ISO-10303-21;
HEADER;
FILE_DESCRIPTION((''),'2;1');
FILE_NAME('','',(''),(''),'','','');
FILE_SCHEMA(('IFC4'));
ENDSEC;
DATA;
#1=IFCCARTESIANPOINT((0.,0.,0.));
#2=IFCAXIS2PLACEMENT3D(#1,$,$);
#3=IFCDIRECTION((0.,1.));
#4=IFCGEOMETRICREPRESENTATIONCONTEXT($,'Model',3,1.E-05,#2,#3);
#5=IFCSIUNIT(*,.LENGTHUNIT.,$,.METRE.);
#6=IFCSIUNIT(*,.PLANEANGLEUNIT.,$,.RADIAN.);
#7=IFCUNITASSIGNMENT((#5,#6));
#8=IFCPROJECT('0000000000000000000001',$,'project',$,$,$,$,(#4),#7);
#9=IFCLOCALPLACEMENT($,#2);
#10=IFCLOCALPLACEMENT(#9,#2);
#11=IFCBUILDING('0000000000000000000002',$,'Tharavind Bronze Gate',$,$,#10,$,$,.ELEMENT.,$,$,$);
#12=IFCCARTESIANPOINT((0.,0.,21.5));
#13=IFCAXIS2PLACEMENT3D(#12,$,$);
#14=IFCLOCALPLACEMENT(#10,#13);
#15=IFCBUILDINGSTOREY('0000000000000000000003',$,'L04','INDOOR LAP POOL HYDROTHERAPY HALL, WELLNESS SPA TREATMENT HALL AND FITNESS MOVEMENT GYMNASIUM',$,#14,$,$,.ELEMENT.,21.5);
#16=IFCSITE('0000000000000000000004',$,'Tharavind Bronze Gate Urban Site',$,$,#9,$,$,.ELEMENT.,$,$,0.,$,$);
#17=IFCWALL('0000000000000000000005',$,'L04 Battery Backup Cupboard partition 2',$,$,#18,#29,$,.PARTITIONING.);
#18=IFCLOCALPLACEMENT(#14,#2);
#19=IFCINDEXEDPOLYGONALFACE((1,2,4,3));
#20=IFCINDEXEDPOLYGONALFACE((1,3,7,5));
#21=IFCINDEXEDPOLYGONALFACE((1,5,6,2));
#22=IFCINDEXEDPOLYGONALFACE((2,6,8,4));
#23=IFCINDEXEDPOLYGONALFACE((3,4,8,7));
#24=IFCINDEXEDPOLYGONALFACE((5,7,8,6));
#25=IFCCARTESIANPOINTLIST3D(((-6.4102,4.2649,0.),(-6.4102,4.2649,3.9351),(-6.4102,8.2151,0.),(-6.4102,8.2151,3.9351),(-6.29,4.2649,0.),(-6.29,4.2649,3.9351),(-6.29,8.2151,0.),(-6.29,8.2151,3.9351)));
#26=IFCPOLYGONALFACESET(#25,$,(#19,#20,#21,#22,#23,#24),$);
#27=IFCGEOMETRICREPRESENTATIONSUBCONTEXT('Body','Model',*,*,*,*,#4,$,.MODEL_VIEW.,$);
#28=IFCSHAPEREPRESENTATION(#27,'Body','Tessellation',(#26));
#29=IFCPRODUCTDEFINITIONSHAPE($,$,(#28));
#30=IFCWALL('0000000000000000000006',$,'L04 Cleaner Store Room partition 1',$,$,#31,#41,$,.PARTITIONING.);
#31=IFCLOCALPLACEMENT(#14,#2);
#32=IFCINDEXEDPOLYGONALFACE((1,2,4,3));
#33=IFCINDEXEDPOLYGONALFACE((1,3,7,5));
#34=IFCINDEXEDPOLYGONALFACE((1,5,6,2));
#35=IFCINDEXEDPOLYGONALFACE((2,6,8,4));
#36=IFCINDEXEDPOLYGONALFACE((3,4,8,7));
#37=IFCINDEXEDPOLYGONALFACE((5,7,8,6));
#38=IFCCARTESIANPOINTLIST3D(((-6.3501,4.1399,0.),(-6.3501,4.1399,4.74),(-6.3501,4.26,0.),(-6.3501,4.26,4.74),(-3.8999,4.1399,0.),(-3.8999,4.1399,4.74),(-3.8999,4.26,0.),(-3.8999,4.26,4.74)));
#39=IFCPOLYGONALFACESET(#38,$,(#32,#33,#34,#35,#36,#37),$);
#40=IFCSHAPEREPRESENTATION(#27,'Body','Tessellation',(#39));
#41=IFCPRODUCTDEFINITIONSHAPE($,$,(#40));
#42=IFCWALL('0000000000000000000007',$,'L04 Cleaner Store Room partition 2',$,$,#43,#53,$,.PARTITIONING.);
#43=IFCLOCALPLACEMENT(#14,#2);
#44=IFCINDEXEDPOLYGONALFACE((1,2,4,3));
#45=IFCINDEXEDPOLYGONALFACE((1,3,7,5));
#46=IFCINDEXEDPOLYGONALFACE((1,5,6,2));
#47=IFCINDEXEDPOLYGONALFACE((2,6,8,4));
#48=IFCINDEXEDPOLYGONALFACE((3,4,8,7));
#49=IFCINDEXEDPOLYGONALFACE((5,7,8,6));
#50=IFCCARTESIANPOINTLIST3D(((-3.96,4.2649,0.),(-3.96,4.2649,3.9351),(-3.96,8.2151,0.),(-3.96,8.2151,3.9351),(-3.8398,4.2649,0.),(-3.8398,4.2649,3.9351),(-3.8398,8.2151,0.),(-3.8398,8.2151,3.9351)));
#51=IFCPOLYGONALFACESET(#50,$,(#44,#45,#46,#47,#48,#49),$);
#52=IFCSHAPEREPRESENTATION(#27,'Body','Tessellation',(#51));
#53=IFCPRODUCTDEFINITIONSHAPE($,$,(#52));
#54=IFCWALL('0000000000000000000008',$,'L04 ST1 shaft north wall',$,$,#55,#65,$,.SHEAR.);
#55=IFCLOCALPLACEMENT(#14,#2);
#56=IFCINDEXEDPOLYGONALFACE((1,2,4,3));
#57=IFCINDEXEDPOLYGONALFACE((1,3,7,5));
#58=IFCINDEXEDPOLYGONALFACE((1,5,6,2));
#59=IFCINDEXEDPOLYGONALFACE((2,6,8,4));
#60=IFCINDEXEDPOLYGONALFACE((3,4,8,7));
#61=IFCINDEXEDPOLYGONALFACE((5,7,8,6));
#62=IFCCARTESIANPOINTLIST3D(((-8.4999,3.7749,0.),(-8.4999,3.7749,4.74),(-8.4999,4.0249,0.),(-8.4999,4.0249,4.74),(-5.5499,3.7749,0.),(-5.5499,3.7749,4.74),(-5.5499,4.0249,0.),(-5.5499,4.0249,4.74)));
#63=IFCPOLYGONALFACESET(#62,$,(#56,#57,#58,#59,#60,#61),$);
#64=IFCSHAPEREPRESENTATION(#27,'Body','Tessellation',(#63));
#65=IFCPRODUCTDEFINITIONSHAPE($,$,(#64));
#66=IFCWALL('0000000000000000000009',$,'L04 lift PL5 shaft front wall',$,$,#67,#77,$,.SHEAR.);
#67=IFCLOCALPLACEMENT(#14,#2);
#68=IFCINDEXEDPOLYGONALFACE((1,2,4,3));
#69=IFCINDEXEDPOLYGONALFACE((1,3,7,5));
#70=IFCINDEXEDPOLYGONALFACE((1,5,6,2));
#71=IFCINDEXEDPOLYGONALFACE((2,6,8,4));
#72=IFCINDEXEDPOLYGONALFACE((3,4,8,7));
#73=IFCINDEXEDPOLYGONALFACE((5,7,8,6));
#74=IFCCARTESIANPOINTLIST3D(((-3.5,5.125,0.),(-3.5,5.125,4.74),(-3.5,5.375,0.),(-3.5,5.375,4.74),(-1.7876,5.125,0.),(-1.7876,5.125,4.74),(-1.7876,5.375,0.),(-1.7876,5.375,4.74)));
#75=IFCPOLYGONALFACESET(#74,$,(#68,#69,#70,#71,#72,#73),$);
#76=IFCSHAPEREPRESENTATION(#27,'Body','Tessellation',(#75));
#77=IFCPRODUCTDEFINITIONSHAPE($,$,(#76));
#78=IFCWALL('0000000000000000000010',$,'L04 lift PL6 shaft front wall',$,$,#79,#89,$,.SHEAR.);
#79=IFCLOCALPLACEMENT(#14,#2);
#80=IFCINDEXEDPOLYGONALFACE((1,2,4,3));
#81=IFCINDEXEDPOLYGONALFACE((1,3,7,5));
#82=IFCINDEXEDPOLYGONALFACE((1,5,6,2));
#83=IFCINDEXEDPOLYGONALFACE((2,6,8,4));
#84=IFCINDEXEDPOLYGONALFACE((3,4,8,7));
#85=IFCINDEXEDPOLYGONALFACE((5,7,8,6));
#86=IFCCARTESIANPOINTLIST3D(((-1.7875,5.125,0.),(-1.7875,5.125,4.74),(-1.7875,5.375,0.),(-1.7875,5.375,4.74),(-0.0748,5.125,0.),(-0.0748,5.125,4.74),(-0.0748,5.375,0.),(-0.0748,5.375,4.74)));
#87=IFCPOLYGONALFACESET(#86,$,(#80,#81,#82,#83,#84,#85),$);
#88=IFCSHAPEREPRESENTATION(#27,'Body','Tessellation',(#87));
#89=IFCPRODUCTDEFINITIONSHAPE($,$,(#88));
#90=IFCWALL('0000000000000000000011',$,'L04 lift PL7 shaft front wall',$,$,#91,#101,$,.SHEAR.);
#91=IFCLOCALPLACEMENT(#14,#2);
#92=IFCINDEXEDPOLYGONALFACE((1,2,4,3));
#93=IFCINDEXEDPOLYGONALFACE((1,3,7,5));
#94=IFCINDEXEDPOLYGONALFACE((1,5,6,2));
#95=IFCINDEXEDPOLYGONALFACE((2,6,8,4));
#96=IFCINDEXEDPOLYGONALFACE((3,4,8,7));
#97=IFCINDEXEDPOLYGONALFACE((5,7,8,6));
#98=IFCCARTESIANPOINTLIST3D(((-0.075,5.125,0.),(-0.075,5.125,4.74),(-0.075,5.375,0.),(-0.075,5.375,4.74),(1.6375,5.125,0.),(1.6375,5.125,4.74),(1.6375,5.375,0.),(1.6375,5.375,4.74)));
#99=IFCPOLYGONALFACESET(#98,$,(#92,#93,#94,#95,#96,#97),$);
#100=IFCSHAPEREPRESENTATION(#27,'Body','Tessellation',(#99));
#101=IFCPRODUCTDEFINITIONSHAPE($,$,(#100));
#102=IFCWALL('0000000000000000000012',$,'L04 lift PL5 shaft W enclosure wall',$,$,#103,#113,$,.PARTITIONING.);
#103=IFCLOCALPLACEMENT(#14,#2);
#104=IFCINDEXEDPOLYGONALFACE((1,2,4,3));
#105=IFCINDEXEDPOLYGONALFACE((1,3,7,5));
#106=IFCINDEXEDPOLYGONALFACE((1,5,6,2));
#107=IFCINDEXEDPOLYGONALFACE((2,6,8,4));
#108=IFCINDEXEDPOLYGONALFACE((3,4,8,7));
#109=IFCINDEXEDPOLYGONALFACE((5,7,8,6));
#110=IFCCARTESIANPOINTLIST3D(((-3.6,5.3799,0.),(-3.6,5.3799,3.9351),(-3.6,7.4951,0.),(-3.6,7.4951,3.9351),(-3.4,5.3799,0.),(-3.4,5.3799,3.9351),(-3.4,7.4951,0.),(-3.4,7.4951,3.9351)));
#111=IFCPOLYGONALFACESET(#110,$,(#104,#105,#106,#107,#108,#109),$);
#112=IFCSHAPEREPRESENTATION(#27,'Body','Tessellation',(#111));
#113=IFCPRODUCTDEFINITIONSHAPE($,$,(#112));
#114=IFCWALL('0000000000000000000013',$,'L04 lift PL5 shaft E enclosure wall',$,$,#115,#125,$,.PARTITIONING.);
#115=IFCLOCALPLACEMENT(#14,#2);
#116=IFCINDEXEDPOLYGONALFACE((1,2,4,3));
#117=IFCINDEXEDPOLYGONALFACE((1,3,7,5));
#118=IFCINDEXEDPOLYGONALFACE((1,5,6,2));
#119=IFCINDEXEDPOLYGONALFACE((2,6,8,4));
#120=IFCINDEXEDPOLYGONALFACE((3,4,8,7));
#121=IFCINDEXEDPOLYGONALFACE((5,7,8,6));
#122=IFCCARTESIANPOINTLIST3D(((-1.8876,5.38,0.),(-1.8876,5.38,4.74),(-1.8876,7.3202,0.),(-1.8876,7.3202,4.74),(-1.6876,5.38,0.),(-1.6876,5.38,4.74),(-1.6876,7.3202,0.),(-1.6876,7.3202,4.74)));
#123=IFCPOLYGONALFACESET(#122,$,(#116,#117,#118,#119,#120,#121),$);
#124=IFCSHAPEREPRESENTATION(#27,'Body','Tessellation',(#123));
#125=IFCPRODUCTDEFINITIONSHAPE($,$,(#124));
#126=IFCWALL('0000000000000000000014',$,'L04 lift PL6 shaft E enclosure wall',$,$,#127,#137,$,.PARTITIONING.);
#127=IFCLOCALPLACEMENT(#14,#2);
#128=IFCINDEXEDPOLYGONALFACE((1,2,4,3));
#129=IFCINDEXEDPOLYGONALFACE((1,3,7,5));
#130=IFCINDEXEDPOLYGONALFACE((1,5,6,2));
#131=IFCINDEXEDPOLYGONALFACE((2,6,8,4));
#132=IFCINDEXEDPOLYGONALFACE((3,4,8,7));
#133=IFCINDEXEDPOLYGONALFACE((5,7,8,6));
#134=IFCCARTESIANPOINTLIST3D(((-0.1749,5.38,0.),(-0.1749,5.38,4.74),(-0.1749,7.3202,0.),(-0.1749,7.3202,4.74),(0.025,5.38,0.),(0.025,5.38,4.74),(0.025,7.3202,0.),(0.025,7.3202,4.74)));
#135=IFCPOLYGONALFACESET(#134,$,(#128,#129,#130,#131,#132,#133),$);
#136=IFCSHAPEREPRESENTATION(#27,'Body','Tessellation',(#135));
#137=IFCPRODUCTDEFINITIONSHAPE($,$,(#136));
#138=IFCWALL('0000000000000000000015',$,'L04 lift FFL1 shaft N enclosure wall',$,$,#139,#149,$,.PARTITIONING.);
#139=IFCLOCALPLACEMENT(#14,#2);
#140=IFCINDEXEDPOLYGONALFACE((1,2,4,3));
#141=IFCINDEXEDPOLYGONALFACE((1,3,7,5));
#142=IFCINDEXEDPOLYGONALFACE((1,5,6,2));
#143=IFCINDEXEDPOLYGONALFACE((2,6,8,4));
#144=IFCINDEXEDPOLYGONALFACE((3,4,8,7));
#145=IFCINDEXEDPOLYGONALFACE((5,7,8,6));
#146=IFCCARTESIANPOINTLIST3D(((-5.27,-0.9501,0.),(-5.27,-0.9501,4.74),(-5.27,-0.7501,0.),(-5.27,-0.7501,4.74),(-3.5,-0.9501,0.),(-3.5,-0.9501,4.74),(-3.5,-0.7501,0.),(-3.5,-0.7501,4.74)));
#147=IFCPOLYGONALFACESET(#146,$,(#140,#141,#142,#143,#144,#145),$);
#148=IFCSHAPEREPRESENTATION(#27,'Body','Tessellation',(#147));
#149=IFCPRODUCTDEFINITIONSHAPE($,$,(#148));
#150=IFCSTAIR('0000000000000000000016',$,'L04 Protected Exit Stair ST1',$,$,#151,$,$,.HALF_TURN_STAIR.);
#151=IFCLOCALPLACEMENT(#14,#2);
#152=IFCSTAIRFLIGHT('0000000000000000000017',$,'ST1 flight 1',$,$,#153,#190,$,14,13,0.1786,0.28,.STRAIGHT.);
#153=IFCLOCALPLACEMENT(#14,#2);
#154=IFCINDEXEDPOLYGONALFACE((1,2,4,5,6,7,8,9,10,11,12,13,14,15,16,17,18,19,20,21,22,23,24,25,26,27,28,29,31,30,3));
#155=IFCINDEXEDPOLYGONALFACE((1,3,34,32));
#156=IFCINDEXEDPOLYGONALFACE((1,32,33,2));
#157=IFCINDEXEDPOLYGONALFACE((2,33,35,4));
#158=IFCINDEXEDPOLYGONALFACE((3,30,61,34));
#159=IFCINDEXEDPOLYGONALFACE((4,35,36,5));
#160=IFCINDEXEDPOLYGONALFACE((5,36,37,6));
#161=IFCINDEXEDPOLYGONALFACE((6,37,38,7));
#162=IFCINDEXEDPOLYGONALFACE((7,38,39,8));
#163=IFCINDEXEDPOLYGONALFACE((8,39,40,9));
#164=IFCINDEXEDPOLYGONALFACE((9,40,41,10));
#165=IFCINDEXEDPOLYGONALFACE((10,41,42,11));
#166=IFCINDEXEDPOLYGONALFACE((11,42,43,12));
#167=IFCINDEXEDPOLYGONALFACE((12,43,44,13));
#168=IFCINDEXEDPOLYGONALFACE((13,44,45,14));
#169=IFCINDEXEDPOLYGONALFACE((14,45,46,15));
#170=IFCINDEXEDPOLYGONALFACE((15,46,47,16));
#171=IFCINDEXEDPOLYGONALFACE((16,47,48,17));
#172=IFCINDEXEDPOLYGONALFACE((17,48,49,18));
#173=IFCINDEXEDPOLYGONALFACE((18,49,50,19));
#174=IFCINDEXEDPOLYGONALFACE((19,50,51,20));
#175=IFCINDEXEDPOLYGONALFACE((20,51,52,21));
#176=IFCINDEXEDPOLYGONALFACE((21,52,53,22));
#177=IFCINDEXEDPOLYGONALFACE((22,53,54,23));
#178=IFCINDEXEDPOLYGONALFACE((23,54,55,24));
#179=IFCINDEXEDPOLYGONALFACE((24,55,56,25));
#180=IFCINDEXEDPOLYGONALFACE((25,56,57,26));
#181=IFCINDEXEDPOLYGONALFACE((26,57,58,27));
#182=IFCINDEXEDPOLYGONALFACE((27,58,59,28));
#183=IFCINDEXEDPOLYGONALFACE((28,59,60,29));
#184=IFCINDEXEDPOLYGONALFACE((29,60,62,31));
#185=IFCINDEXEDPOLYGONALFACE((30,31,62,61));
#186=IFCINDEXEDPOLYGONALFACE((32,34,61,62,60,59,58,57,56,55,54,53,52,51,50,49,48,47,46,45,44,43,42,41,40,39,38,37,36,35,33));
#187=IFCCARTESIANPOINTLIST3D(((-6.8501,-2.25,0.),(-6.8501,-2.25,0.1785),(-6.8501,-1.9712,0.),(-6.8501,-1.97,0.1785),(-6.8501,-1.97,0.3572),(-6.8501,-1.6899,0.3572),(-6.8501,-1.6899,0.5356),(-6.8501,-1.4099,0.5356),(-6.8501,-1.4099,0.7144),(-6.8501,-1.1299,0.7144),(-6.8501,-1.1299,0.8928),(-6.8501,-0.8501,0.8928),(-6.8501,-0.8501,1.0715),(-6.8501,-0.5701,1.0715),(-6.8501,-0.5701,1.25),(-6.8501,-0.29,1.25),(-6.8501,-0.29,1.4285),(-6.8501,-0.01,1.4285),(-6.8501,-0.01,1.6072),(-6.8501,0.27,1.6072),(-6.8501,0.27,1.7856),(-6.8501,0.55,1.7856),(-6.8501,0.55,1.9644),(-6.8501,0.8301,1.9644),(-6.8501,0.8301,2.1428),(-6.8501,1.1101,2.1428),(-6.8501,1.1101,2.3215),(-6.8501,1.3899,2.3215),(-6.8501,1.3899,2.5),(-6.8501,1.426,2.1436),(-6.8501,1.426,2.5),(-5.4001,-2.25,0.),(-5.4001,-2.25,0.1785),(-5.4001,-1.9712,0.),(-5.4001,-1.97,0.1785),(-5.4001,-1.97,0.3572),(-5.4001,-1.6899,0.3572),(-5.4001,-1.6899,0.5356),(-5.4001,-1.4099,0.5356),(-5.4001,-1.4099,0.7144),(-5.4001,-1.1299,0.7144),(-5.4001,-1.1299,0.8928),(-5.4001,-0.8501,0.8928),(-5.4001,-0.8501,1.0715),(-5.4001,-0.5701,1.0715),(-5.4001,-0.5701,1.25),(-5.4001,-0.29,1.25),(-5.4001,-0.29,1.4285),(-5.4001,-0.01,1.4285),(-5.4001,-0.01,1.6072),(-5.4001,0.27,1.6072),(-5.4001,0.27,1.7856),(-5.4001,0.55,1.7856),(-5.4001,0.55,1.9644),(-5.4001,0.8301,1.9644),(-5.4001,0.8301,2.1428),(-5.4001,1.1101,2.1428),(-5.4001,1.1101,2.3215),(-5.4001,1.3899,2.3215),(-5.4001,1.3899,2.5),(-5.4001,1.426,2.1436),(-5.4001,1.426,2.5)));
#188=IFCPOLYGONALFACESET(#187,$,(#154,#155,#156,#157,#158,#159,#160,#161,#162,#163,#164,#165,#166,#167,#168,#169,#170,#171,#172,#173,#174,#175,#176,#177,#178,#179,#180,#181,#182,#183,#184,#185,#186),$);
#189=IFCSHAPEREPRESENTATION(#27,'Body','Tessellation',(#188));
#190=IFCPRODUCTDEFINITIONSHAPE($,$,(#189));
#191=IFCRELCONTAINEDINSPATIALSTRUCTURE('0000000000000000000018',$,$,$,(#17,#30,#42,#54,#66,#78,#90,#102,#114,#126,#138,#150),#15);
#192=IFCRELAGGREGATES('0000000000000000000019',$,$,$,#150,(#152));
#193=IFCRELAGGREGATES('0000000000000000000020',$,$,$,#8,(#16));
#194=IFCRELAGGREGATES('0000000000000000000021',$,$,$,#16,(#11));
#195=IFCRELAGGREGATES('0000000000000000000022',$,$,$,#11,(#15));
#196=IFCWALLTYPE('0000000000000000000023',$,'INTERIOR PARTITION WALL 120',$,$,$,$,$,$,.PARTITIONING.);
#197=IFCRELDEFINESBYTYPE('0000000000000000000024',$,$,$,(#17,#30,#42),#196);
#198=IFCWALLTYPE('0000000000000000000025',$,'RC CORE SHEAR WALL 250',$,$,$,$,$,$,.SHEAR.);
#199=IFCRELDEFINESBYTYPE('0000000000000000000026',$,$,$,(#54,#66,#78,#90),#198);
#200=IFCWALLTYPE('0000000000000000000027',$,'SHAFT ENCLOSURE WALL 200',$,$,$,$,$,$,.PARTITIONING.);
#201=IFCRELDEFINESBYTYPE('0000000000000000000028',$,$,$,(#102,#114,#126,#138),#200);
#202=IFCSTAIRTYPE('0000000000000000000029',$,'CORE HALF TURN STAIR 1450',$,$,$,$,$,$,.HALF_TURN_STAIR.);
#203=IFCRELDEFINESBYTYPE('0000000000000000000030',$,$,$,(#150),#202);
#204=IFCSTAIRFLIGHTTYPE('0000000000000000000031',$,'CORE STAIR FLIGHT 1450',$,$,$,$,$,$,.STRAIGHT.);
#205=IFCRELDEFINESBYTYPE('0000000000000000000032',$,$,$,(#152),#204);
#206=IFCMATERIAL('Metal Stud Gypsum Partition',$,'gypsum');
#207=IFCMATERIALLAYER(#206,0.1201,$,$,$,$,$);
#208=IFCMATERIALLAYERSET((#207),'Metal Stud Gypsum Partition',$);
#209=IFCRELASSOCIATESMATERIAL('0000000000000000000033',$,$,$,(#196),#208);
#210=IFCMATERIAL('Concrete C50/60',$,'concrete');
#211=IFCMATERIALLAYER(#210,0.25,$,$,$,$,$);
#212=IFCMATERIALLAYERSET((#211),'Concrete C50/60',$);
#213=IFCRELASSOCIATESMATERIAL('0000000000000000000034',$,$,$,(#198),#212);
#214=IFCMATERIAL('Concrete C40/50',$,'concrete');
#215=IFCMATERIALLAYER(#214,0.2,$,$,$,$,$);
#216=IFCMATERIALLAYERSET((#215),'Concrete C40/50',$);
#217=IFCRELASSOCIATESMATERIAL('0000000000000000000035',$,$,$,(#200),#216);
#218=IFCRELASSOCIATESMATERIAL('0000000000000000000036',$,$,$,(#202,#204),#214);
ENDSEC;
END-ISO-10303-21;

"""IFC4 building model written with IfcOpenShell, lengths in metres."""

from ifc_helpers import new_model, si_unit, direction, frame, frame_2d, origin, place, context, subcontext, project, spatial, polyline, rectangle, outline, extrude, material, layer, layer_set, type_object, element, aggregate, save


model = new_model("IFC4")

# Units and contexts
model_context = context("Model", 3, precision=1e-05, world=origin(), true_north=direction((0.0, 1.0)))
body_context = subcontext(model_context, "Body", "Model", "MODEL_VIEW")
ifc_project = project(units=[si_unit("LENGTHUNIT", "METRE"), si_unit("PLANEANGLEUNIT", "RADIAN")], contexts=[model_context])

# Site, building, storey
site_placement = place(None, origin())
site = spatial("IfcSite", under=ifc_project, at=site_placement, Name="Tharavind Bronze Gate Urban Site", CompositionType="ELEMENT", RefElevation=0.0)
building_placement = place(site_placement, origin())
building = spatial("IfcBuilding", under=site, at=building_placement, Name="Tharavind Bronze Gate", CompositionType="ELEMENT")
storey_placement = place(building_placement, frame((0.0, 0.0, 21.5)))
storey = spatial("IfcBuildingStorey", under=building, at=storey_placement, Name="L04", Description="INDOOR LAP POOL HYDROTHERAPY HALL, WELLNESS SPA TREATMENT HALL AND FITNESS MOVEMENT GYMNASIUM", CompositionType="ELEMENT", Elevation=21.5)

# Shared definitions
ifc_material_1 = material(Name="Metal Stud Gypsum Partition", Category="gypsum")
ifc_layer_1 = layer(ifc_material_1, 0.1201)
ifc_layer_set_1 = layer_set([ifc_layer_1], Name="Metal Stud Gypsum Partition")
wall_type_1 = type_object("IfcWallType", Name="INTERIOR PARTITION WALL 120", PredefinedType="PARTITIONING", material=ifc_layer_set_1)

# Walls
wall_1_placement = place(storey_placement, frame((-6.3501, 4.2649, 0.0), z_axis=(0.0, 0.0, 1.0), x_axis=(0.0, 1.0, 0.0)))
element("IfcWall", 1, at=wall_1_placement, inside=storey, type_object=wall_type_1, Name="L04 Battery Backup Cupboard partition 2", PredefinedType="PARTITIONING", context=body_context, shape_type="SweptSolid", body=[
    extrude(rectangle(XDim=3.9502, YDim=0.1201, at=frame_2d((1.9751, 0.0))), origin(), (0.0, 0.0, 1.0), 3.9351),
])
wall_2_placement = place(storey_placement, frame((-6.3501, 4.2, 0.0), z_axis=(0.0, 0.0, 1.0), x_axis=(1.0, 0.0, 0.0)))
element("IfcWall", 2, at=wall_2_placement, inside=storey, type_object=wall_type_1, Name="L04 Cleaner Store Room partition 1", PredefinedType="PARTITIONING", context=body_context, shape_type="SweptSolid", body=[
    extrude(rectangle(XDim=2.4502, YDim=0.1201, at=frame_2d((1.2251, 0.0))), origin(), (0.0, 0.0, 1.0), 4.74),
])
wall_3_placement = place(storey_placement, frame((-3.8999, 4.2649, 0.0), z_axis=(0.0, 0.0, 1.0), x_axis=(0.0, 1.0, 0.0)))
element("IfcWall", 3, at=wall_3_placement, inside=storey, type_object=wall_type_1, Name="L04 Cleaner Store Room partition 2", PredefinedType="PARTITIONING", context=body_context, shape_type="SweptSolid", body=[
    extrude(rectangle(XDim=3.9502, YDim=0.1201, at=frame_2d((1.9751, 0.0))), origin(), (0.0, 0.0, 1.0), 3.9351),
])
ifc_material_2 = material(Name="Concrete C50/60", Category="concrete")
ifc_layer_2 = layer(ifc_material_2, 0.25)
ifc_layer_set_2 = layer_set([ifc_layer_2], Name="Concrete C50/60")
wall_type_2 = type_object("IfcWallType", Name="RC CORE SHEAR WALL 250", PredefinedType="SHEAR", material=ifc_layer_set_2)
wall_4_placement = place(storey_placement, frame((-8.5, 3.8999, 0.0), z_axis=(0.0, 0.0, 1.0), x_axis=(1.0, 0.0, 0.0)))
element("IfcWall", 4, at=wall_4_placement, inside=storey, type_object=wall_type_2, Name="L04 ST1 shaft north wall", PredefinedType="SHEAR", context=body_context, shape_type="SweptSolid", body=[
    extrude(rectangle(XDim=2.95, YDim=0.25, at=frame_2d((1.4751, 0.0))), origin(), (0.0, 0.0, 1.0), 4.74),
])
wall_5_placement = place(storey_placement, frame((-3.5, 5.25, 0.0), z_axis=(0.0, 0.0, 1.0), x_axis=(1.0, 0.0, 0.0)))
element("IfcWall", 5, at=wall_5_placement, inside=storey, type_object=wall_type_2, Name="L04 lift PL5 shaft front wall", PredefinedType="SHEAR", context=body_context, shape_type="SweptSolid", body=[
    extrude(rectangle(XDim=1.7124, YDim=0.25, at=frame_2d((0.8562, 0.0))), origin(), (0.0, 0.0, 1.0), 4.74),
])
wall_6_placement = place(storey_placement, frame((-1.7876, 5.25, 0.0), z_axis=(0.0, 0.0, 1.0), x_axis=(1.0, 0.0, 0.0)))
element("IfcWall", 6, at=wall_6_placement, inside=storey, type_object=wall_type_2, Name="L04 lift PL6 shaft front wall", PredefinedType="SHEAR", context=body_context, shape_type="SweptSolid", body=[
    extrude(rectangle(XDim=1.7126, YDim=0.25, at=frame_2d((0.8564, 0.0))), origin(), (0.0, 0.0, 1.0), 4.74),
])
wall_7_placement = place(storey_placement, frame((-0.075, 5.25, 0.0), z_axis=(0.0, 0.0, 1.0), x_axis=(1.0, 0.0, 0.0)))
element("IfcWall", 7, at=wall_7_placement, inside=storey, type_object=wall_type_2, Name="L04 lift PL7 shaft front wall", PredefinedType="SHEAR", context=body_context, shape_type="SweptSolid", body=[
    extrude(rectangle(XDim=1.7124, YDim=0.25, at=frame_2d((0.8562, 0.0))), origin(), (0.0, 0.0, 1.0), 4.74),
])
ifc_material_3 = material(Name="Concrete C40/50", Category="concrete")
ifc_layer_3 = layer(ifc_material_3, 0.2)
ifc_layer_set_3 = layer_set([ifc_layer_3], Name="Concrete C40/50")
wall_type_3 = type_object("IfcWallType", Name="SHAFT ENCLOSURE WALL 200", PredefinedType="PARTITIONING", material=ifc_layer_set_3)
wall_8_placement = place(storey_placement, frame((-3.5, 5.3799, 0.0), z_axis=(0.0, 0.0, 1.0), x_axis=(0.0, 1.0, 0.0)))
element("IfcWall", 8, at=wall_8_placement, inside=storey, type_object=wall_type_3, Name="L04 lift PL5 shaft W enclosure wall", PredefinedType="PARTITIONING", context=body_context, shape_type="SweptSolid", body=[
    extrude(rectangle(XDim=2.1152, YDim=0.2, at=frame_2d((1.0576, 0.0))), origin(), (0.0, 0.0, 1.0), 3.9351),
])
for number, where, z_axis, x_axis, name in (
    (9, (-1.7876, 5.3799, 0.0), (0.0, 0.0, 1.0), (0.0, 1.0, 0.0), "L04 lift PL5 shaft E enclosure wall"),
    (10, (-0.075, 5.3799, 0.0), (0.0, 0.0, 1.0), (0.0, 1.0, 0.0), "L04 lift PL6 shaft E enclosure wall"),
):
    element("IfcWall", number, at=place(storey_placement, frame(where, z_axis=z_axis, x_axis=x_axis)), inside=storey, type_object=wall_type_3, Name=name, PredefinedType="PARTITIONING", context=body_context, shape_type="SweptSolid", body=[
        extrude(rectangle(XDim=1.9402, YDim=0.2, at=frame_2d((0.9702, 0.0))), origin(), (0.0, 0.0, 1.0), 4.74),
    ])
wall_9_placement = place(storey_placement, frame((-5.27, -0.8501, 0.0), z_axis=(0.0, 0.0, 1.0), x_axis=(1.0, 0.0, 0.0)))
element("IfcWall", 11, at=wall_9_placement, inside=storey, type_object=wall_type_3, Name="L04 lift FFL1 shaft N enclosure wall", PredefinedType="PARTITIONING", context=body_context, shape_type="SweptSolid", body=[
    extrude(rectangle(XDim=1.77, YDim=0.2, at=frame_2d((0.885, 0.0))), origin(), (0.0, 0.0, 1.0), 4.74),
])

# Stair, stair flight
stair_type = type_object("IfcStairType", Name="CORE HALF TURN STAIR 1450", PredefinedType="HALF_TURN_STAIR", material=ifc_material_3)
stair_placement = place(storey_placement, origin())
stair = element("IfcStair", 12, at=stair_placement, inside=storey, type_object=stair_type, Name="L04 Protected Exit Stair ST1", PredefinedType="HALF_TURN_STAIR")
stair_flight_type = type_object("IfcStairFlightType", Name="CORE STAIR FLIGHT 1450", PredefinedType="STRAIGHT", material=ifc_material_3)
stair_flight_1_placement = place(storey_placement, frame((-6.125, -2.25, 0.0), z_axis=(0.0, 0.0, 1.0), x_axis=(0.0, 1.0, 0.0)))
stair_flight_1 = element("IfcStairFlight", 13, at=stair_flight_1_placement, type_object=stair_flight_type, Name="ST1 flight 1", NumberOfRisers=14, NumberOfTreads=13, PredefinedType="STRAIGHT", RiserHeight=0.1786, TreadLength=0.28, context=body_context, shape_type="SweptSolid", body=[
    extrude(outline(polyline([(0.0, 0.0), (0.0, 0.1785), (0.28, 0.1785), (0.28, 0.3572), (0.5601, 0.3572), (0.5601, 0.5356), (0.8401, 0.5356), (0.8401, 0.7144), (1.1201, 0.7144), (1.1201, 0.8928), (1.3999, 0.8928), (1.3999, 1.0715), (1.6799, 1.0715), (1.6799, 1.25), (1.96, 1.25), (1.96, 1.4285), (2.24, 1.4285), (2.24, 1.6072), (2.52, 1.6072), (2.52, 1.7856), (2.8, 1.7856), (2.8, 1.9644), (3.0801, 1.9644), (3.0801, 2.1428), (3.3601, 2.1428), (3.3601, 2.3215), (3.6399, 2.3215), (3.6399, 2.5), (3.676, 2.5), (3.676, 2.1436), (0.2788, 0.0), (0.0, 0.0)])), frame((0.0, 0.7251, 0.0), z_axis=(0.0, -1.0, 0.0), x_axis=(1.0, 0.0, 0.0)), (0.0, 0.0, 1.0), 1.45),
])
aggregate(stair, [stair_flight_1])

save(model, "model.ifc")
